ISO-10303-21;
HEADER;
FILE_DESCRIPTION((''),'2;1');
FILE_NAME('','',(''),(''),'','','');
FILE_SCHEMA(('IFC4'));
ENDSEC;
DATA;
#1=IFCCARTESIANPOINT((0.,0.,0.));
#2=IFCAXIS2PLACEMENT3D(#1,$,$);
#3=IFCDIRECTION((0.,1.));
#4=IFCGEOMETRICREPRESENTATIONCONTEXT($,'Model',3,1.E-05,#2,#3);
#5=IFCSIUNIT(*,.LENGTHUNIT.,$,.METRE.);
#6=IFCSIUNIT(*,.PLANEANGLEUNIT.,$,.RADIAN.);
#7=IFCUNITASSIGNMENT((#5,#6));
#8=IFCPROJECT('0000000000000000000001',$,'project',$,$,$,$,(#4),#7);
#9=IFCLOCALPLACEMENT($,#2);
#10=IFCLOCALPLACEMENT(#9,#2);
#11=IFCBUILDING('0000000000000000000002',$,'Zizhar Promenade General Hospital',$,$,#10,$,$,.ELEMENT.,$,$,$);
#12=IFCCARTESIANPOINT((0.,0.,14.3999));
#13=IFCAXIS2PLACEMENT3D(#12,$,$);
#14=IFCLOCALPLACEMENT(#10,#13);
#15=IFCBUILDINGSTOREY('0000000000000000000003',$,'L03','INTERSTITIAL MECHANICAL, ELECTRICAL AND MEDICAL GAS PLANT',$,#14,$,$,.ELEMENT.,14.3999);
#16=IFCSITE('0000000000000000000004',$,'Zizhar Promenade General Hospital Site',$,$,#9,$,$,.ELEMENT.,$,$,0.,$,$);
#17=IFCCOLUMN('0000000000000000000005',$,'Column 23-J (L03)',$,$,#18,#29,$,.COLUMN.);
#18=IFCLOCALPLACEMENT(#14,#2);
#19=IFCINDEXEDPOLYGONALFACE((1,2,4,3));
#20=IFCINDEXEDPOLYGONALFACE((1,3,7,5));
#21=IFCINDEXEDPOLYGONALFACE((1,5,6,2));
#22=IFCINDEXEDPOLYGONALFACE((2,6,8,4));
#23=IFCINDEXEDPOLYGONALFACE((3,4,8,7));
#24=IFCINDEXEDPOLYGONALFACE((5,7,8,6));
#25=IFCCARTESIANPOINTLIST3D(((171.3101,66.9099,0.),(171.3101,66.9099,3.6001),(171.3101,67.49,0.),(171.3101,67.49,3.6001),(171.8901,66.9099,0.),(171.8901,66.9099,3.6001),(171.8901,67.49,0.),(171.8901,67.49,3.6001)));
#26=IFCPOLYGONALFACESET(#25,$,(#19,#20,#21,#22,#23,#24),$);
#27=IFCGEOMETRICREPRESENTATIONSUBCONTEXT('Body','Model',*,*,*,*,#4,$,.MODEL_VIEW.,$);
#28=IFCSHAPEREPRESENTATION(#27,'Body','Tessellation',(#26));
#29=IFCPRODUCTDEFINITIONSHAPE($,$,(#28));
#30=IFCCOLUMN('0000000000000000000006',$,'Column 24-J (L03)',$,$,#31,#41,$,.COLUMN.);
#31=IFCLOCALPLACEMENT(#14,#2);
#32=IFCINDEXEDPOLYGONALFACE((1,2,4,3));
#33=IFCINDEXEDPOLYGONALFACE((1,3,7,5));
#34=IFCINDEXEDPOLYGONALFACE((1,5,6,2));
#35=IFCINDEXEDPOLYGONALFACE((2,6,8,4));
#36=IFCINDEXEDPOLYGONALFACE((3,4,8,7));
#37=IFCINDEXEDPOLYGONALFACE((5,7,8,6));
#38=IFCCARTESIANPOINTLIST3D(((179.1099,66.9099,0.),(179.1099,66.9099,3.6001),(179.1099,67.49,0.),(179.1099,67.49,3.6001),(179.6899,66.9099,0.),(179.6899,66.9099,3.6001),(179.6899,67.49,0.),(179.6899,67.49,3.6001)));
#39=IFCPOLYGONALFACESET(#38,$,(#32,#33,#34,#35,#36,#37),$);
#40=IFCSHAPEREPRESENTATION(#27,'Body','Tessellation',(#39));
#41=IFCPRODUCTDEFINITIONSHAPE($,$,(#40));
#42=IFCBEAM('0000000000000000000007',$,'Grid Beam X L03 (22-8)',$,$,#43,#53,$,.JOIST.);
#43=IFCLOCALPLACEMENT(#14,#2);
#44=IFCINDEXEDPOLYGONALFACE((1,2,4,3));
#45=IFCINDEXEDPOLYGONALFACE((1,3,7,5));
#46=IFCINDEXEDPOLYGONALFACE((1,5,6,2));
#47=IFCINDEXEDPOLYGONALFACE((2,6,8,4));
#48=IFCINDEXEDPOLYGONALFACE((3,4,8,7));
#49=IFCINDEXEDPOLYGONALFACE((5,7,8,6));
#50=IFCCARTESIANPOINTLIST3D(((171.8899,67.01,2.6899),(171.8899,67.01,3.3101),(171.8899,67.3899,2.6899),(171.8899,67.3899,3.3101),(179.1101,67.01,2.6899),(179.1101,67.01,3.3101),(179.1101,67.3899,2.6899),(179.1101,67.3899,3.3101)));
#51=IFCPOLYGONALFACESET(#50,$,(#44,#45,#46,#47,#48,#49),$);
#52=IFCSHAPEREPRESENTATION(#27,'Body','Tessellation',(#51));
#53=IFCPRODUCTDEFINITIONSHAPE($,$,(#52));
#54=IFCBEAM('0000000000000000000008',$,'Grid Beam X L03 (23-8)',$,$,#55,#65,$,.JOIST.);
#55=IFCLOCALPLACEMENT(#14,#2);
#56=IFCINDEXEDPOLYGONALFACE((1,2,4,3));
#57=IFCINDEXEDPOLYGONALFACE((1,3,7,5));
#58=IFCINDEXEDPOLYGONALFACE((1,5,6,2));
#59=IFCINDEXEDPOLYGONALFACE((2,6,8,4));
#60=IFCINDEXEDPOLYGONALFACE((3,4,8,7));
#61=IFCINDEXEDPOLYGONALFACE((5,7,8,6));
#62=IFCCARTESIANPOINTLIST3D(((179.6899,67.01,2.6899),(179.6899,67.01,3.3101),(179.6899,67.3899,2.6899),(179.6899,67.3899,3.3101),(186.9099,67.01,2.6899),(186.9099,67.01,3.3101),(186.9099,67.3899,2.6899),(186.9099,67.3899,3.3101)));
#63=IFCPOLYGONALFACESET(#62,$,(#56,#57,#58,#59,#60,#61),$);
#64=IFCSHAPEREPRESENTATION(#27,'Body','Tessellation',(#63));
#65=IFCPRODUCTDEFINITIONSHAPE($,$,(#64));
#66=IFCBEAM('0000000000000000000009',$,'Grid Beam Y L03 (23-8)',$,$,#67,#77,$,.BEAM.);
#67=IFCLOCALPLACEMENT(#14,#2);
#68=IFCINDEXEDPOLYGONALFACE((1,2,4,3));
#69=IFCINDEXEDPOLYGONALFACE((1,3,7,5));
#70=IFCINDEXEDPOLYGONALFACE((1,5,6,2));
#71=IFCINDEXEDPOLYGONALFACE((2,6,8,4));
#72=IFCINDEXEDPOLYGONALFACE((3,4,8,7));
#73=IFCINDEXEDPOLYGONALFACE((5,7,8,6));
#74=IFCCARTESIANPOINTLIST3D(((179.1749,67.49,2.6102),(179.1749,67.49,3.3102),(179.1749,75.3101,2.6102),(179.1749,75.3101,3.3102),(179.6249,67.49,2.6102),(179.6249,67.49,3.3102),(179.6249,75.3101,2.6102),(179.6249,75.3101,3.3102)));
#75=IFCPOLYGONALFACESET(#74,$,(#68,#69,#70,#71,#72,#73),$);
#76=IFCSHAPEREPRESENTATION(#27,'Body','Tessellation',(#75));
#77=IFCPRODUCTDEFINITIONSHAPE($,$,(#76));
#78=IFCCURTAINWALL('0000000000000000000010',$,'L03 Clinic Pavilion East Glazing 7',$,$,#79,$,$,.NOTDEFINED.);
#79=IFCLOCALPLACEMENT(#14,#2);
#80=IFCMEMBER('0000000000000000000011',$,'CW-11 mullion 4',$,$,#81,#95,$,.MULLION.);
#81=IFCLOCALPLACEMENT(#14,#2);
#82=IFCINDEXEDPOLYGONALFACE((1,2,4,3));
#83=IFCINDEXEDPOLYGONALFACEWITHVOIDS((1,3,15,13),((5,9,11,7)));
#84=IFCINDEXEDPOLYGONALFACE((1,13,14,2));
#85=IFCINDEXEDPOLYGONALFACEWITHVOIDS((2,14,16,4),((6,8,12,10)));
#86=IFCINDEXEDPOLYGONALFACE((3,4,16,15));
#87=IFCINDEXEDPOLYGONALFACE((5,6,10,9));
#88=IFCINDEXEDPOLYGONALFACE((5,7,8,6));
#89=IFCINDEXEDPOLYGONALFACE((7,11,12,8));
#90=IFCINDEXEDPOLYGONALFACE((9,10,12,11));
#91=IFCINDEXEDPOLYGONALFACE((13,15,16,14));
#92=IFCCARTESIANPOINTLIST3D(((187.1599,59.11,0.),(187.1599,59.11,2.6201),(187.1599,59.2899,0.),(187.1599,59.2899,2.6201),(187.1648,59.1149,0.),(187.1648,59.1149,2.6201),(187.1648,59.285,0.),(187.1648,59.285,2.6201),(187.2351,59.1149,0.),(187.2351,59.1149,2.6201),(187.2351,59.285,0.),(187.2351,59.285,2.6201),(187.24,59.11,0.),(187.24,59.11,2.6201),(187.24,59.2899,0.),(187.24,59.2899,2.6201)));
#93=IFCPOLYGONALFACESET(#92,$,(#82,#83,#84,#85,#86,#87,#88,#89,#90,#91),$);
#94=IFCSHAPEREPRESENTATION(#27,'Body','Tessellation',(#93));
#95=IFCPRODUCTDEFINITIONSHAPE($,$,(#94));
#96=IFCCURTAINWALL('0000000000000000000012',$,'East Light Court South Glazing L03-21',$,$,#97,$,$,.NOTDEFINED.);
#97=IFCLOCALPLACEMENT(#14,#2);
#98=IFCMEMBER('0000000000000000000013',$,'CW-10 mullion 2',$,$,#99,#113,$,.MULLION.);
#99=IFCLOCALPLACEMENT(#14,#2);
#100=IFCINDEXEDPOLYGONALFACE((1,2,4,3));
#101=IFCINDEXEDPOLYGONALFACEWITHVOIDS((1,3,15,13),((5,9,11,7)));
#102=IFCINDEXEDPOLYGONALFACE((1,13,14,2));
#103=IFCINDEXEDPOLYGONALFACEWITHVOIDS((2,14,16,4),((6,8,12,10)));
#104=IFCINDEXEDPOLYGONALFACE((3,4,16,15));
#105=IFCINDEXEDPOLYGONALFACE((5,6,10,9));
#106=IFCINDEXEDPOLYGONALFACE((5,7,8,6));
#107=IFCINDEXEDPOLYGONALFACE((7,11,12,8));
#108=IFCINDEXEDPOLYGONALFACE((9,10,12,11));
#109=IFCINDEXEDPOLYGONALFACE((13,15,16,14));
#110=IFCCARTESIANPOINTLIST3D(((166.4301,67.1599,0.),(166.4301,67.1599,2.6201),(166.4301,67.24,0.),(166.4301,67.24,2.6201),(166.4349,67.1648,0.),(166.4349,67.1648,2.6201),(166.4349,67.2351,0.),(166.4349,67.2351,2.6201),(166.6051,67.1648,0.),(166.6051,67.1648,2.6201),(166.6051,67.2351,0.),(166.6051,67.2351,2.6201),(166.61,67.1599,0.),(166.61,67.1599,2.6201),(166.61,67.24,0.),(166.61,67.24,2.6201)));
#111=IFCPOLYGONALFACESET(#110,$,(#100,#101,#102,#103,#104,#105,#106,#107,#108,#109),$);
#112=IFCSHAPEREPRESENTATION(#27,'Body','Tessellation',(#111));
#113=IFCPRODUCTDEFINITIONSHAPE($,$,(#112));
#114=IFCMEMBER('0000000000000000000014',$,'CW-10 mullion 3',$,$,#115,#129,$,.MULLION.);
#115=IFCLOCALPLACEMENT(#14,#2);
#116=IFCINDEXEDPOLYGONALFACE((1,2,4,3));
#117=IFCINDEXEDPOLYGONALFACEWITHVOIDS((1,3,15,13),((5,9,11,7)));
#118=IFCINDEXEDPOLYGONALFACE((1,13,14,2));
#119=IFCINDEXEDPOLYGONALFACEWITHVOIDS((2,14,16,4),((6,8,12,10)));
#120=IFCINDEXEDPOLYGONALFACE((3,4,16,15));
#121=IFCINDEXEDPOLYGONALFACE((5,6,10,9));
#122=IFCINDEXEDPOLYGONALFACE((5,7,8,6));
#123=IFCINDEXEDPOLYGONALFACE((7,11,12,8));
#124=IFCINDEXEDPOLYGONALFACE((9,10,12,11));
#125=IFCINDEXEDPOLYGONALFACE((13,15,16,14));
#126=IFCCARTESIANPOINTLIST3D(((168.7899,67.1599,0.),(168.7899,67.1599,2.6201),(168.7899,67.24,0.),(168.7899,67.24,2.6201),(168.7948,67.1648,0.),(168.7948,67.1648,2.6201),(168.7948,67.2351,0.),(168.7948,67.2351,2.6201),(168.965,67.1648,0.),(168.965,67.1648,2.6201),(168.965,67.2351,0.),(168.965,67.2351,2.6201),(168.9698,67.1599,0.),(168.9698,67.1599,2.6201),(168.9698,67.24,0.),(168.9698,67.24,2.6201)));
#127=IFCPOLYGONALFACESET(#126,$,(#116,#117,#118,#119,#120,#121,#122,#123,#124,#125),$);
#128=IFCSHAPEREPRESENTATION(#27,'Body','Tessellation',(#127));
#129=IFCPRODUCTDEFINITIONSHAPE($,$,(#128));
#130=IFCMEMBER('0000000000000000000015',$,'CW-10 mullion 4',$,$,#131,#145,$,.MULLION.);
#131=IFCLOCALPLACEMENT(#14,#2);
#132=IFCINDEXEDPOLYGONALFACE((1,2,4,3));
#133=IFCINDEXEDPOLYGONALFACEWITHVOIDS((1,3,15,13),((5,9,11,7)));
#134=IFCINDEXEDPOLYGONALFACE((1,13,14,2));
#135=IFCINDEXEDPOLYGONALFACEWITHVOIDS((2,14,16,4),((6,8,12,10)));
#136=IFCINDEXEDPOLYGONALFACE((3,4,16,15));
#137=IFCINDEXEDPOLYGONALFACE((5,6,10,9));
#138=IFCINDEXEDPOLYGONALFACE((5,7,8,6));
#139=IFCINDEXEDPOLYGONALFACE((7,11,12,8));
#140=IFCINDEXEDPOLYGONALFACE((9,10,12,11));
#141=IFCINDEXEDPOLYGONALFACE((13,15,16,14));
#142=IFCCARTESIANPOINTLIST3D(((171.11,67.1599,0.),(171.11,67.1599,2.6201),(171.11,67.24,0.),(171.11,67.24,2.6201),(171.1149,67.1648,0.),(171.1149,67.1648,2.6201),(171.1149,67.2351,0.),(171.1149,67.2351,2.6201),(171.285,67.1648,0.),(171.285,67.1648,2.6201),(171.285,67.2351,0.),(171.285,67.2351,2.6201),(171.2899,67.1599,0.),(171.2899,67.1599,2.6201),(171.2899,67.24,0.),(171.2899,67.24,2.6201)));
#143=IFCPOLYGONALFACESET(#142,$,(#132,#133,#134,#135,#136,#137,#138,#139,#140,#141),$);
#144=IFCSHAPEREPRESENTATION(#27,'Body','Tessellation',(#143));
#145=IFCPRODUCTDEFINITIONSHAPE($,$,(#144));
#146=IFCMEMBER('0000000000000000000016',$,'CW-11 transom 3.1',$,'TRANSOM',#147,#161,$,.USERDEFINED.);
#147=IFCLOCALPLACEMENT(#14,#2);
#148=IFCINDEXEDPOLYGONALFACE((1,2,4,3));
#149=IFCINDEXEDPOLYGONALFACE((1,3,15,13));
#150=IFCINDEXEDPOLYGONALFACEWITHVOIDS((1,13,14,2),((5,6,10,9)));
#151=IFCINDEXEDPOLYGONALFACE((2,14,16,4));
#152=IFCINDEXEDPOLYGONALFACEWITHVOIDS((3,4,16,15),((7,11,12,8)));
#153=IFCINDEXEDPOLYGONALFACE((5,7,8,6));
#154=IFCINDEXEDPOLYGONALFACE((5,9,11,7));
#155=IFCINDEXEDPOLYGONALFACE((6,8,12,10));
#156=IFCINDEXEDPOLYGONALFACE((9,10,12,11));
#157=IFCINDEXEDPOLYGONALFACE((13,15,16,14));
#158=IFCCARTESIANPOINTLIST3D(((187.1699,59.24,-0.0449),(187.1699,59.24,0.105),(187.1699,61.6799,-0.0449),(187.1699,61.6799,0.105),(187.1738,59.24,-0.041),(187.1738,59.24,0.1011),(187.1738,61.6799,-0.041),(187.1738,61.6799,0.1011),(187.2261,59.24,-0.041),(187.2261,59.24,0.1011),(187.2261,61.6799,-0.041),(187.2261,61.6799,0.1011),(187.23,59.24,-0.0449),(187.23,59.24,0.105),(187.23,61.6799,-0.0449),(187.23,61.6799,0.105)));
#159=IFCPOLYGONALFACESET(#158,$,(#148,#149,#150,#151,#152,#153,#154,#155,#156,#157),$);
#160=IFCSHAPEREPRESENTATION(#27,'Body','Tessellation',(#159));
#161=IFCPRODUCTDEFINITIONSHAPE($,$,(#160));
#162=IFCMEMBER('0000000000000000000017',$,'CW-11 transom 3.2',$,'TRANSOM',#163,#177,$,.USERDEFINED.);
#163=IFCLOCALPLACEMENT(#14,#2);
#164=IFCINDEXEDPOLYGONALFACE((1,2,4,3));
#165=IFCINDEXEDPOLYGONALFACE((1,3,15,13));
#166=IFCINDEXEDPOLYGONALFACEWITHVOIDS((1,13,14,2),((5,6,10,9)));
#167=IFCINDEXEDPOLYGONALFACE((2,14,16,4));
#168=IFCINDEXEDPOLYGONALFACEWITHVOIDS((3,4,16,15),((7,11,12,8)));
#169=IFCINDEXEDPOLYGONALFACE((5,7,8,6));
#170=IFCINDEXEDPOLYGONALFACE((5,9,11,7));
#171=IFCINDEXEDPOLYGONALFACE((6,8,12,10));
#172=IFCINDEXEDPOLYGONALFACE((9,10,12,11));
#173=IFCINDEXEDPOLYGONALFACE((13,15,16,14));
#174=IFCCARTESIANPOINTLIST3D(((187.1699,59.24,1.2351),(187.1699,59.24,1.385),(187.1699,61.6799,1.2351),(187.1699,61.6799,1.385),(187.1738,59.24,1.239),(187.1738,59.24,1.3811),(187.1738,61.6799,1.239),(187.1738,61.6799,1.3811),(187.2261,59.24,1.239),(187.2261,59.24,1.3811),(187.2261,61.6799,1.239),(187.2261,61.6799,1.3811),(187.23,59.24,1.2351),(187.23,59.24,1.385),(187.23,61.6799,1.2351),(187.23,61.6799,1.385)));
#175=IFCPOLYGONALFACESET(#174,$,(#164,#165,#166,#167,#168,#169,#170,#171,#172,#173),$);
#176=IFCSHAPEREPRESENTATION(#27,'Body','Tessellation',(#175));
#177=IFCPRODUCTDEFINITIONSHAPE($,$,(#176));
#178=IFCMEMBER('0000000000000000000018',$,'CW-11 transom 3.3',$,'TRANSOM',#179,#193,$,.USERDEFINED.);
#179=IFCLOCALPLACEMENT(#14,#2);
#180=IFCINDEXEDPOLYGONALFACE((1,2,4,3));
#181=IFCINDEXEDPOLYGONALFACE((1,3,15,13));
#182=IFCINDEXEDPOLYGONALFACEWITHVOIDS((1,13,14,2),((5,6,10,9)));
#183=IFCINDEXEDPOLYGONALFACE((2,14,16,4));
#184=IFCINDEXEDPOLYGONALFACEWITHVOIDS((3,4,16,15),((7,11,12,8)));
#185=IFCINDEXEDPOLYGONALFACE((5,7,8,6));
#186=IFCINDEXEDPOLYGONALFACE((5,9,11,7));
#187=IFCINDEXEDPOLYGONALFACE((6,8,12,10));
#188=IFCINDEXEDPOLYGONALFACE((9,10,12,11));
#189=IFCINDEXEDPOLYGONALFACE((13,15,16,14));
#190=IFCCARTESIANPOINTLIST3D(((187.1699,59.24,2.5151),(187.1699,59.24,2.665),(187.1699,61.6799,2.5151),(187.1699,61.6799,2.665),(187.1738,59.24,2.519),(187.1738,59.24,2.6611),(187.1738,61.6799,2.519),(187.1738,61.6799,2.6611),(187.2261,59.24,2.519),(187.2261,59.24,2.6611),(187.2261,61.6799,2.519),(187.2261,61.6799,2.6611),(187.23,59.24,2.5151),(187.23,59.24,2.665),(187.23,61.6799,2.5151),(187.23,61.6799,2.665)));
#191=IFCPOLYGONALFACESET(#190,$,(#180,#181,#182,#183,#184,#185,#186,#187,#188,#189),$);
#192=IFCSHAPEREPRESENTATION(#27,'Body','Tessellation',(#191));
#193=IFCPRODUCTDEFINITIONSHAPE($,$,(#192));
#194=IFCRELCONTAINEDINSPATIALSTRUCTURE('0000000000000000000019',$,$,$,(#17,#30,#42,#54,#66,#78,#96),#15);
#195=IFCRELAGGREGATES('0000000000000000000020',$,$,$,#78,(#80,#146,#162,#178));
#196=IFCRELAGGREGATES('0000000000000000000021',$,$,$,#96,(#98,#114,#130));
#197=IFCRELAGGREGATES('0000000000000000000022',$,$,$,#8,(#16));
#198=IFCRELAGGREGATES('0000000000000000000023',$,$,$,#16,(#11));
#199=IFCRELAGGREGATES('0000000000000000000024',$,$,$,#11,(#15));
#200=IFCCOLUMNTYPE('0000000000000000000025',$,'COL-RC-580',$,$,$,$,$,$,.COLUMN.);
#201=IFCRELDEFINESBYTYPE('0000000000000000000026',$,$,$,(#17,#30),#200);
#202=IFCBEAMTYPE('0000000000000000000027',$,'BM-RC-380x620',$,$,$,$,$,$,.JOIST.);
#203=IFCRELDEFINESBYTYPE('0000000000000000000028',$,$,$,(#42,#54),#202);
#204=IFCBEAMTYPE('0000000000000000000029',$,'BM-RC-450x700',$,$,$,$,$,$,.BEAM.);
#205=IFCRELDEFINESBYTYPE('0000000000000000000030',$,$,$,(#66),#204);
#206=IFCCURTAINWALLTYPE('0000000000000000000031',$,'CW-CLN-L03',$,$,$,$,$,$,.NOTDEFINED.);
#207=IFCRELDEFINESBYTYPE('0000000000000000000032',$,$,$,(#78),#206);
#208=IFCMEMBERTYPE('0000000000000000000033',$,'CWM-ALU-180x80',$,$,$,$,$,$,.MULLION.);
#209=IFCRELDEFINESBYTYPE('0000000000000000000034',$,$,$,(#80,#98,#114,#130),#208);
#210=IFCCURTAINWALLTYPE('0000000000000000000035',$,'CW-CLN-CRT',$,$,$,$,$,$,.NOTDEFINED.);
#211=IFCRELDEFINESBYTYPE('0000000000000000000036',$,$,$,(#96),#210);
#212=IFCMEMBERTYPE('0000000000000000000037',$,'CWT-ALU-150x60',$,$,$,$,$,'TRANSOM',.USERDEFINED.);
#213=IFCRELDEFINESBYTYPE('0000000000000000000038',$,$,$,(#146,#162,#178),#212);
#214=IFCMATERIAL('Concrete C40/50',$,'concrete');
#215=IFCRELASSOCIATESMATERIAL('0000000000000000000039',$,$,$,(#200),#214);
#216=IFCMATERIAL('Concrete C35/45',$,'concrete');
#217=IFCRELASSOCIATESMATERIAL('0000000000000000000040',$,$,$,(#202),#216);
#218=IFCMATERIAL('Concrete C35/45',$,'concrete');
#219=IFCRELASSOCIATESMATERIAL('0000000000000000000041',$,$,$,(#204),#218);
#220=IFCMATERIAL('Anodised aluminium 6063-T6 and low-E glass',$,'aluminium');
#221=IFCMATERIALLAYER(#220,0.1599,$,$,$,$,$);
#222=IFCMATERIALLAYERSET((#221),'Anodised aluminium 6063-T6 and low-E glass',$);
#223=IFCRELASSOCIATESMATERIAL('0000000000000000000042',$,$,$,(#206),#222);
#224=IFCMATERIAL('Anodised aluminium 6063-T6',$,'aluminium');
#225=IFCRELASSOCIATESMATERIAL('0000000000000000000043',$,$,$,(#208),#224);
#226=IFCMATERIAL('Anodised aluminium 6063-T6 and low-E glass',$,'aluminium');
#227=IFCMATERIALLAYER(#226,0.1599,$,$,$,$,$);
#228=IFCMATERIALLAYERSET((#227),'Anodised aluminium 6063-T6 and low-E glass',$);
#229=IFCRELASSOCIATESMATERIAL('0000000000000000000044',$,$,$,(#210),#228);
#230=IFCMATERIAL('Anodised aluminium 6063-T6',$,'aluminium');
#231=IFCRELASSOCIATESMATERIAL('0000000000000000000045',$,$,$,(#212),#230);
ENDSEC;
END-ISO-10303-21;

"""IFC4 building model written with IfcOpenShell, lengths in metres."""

from ifc_helpers import new_model, si_unit, direction, frame, origin, origin_2d, place, context, subcontext, project, spatial, rectangle, hollow_rectangle, extrude, material, layer, layer_set, material_profile, profile_set, type_object, element, aggregate, save


model = new_model("IFC4")

# Units and contexts
model_context = context("Model", 3, precision=1e-05, world=origin(), true_north=direction((0.0, 1.0)))
body_context = subcontext(model_context, "Body", "Model", "MODEL_VIEW")
ifc_project = project(units=[si_unit("LENGTHUNIT", "METRE"), si_unit("PLANEANGLEUNIT", "RADIAN")], contexts=[model_context])

# Site, building, storey
site_placement = place(None, origin())
site = spatial("IfcSite", under=ifc_project, at=site_placement, Name="Zizhar Promenade General Hospital Site", CompositionType="ELEMENT", RefElevation=0.0)
building_placement = place(site_placement, origin())
building = spatial("IfcBuilding", under=site, at=building_placement, Name="Zizhar Promenade General Hospital", CompositionType="ELEMENT")
storey_placement = place(building_placement, frame((0.0, 0.0, 14.3999)))
storey = spatial("IfcBuildingStorey", under=building, at=storey_placement, Name="L03", Description="INTERSTITIAL MECHANICAL, ELECTRICAL AND MEDICAL GAS PLANT", CompositionType="ELEMENT", Elevation=14.3999)

# Columns
ifc_material_1 = material(Name="Concrete C40/50", Category="concrete")
ifc_material_profile_1 = material_profile(ifc_material_1, rectangle(XDim=0.5801, YDim=0.5801, at=origin_2d()))
ifc_profile_set_1 = profile_set([ifc_material_profile_1], Name="Concrete C40/50")
column_type = type_object("IfcColumnType", Name="COL-RC-580", PredefinedType="COLUMN", material=ifc_profile_set_1)
for number, where, z_axis, x_axis, name in (
    (1, (171.6001, 67.2, 0.0), (0.0, 0.0, 1.0), (1.0, 0.0, 0.0), "Column 23-J (L03)"),
    (2, (179.3999, 67.2, 0.0), (0.0, 0.0, 1.0), (1.0, 0.0, 0.0), "Column 24-J (L03)"),
):
    element("IfcColumn", number, at=place(storey_placement, frame(where, z_axis=z_axis, x_axis=x_axis)), inside=storey, type_object=column_type, Name=name, PredefinedType="COLUMN", context=body_context, shape_type="SweptSolid", body=[
        extrude(rectangle(XDim=0.5801, YDim=0.5801, at=origin_2d()), origin(), (0.0, 0.0, 1.0), 3.6001),
    ])

# Beams
ifc_material_2 = material(Name="Concrete C35/45", Category="concrete")
ifc_material_profile_2 = material_profile(ifc_material_2, rectangle(XDim=0.3799, YDim=0.6201, at=origin_2d()))
ifc_profile_set_2 = profile_set([ifc_material_profile_2], Name="Concrete C35/45")
beam_type_1 = type_object("IfcBeamType", Name="BM-RC-380x620", PredefinedType="JOIST", material=ifc_profile_set_2)
beam_1_placement = place(storey_placement, frame((171.8899, 67.2, 3.0), z_axis=(1.0, 0.0, 0.0), x_axis=(0.0, 1.0, 0.0)))
element("IfcBeam", 3, at=beam_1_placement, inside=storey, type_object=beam_type_1, Name="Grid Beam X L03 (22-8)", PredefinedType="JOIST", context=body_context, shape_type="SweptSolid", body=[
    extrude(rectangle(XDim=0.3799, YDim=0.6201, at=origin_2d()), origin(), (0.0, 0.0, 1.0), 7.2202),
])
beam_2_placement = place(storey_placement, frame((179.6899, 67.2, 3.0), z_axis=(1.0, 0.0, 0.0), x_axis=(0.0, 1.0, 0.0)))
element("IfcBeam", 4, at=beam_2_placement, inside=storey, type_object=beam_type_1, Name="Grid Beam X L03 (23-8)", PredefinedType="JOIST", context=body_context, shape_type="SweptSolid", body=[
    extrude(rectangle(XDim=0.3799, YDim=0.6201, at=origin_2d()), origin(), (0.0, 0.0, 1.0), 7.22),
])
ifc_material_3 = material(Name="Concrete C35/45", Category="concrete")
ifc_material_profile_3 = material_profile(ifc_material_3, rectangle(XDim=0.45, YDim=0.7, at=origin_2d()))
ifc_profile_set_3 = profile_set([ifc_material_profile_3], Name="Concrete C35/45")
beam_type_2 = type_object("IfcBeamType", Name="BM-RC-450x700", PredefinedType="BEAM", material=ifc_profile_set_3)
beam_3_placement = place(storey_placement, frame((179.3999, 67.49, 2.9602), z_axis=(0.0, 1.0, 0.0), x_axis=(-1.0, 0.0, 0.0)))
element("IfcBeam", 5, at=beam_3_placement, inside=storey, type_object=beam_type_2, Name="Grid Beam Y L03 (23-8)", PredefinedType="BEAM", context=body_context, shape_type="SweptSolid", body=[
    extrude(rectangle(XDim=0.45, YDim=0.7, at=origin_2d()), origin(), (0.0, 0.0, 1.0), 7.8201),
])

# Curtain wall, member
ifc_material_4 = material(Name="Anodised aluminium 6063-T6 and low-E glass", Category="aluminium")
ifc_layer_1 = layer(ifc_material_4, 0.1599)
ifc_layer_set_1 = layer_set([ifc_layer_1], Name="Anodised aluminium 6063-T6 and low-E glass")
curtain_wall_type_1 = type_object("IfcCurtainWallType", Name="CW-CLN-L03", PredefinedType="NOTDEFINED", material=ifc_layer_set_1)
curtain_wall_1_placement = place(storey_placement, origin())
curtain_wall_1 = element("IfcCurtainWall", 6, at=curtain_wall_1_placement, inside=storey, type_object=curtain_wall_type_1, Name="L03 Clinic Pavilion East Glazing 7", PredefinedType="NOTDEFINED")
ifc_material_5 = material(Name="Anodised aluminium 6063-T6", Category="aluminium")
ifc_material_profile_4 = material_profile(ifc_material_5, hollow_rectangle(XDim=0.0801, YDim=0.1799, WallThickness=0.0049, at=origin_2d()))
ifc_profile_set_4 = profile_set([ifc_material_profile_4], Name="Anodised aluminium 6063-T6")
member_type_1 = type_object("IfcMemberType", Name="CWM-ALU-180x80", PredefinedType="MULLION", material=ifc_profile_set_4)
member_1_placement = place(storey_placement, frame((187.2, 59.2, 0.0), z_axis=(0.0, 0.0, 1.0), x_axis=(1.0, 0.0, 0.0)))
member_1 = element("IfcMember", 7, at=member_1_placement, type_object=member_type_1, Name="CW-11 mullion 4", PredefinedType="MULLION", context=body_context, shape_type="SweptSolid", body=[
    extrude(hollow_rectangle(XDim=0.0801, YDim=0.1799, WallThickness=0.0049, at=origin_2d()), origin(), (0.0, 0.0, 1.0), 2.6201),
])

# Curtain wall, members
ifc_material_6 = material(Name="Anodised aluminium 6063-T6 and low-E glass", Category="aluminium")
ifc_layer_2 = layer(ifc_material_6, 0.1599)
ifc_layer_set_2 = layer_set([ifc_layer_2], Name="Anodised aluminium 6063-T6 and low-E glass")
curtain_wall_type_2 = type_object("IfcCurtainWallType", Name="CW-CLN-CRT", PredefinedType="NOTDEFINED", material=ifc_layer_set_2)
curtain_wall_2_placement = place(storey_placement, origin())
curtain_wall_2 = element("IfcCurtainWall", 8, at=curtain_wall_2_placement, inside=storey, type_object=curtain_wall_type_2, Name="East Light Court South Glazing L03-21", PredefinedType="NOTDEFINED")
member_2_placement = place(storey_placement, frame((166.52, 67.2, 0.0), z_axis=(0.0, 0.0, 1.0), x_axis=(0.0, 1.0, 0.0)))
member_2 = element("IfcMember", 9, at=member_2_placement, type_object=member_type_1, Name="CW-10 mullion 2", PredefinedType="MULLION", context=body_context, shape_type="SweptSolid", body=[
    extrude(hollow_rectangle(XDim=0.0801, YDim=0.1799, WallThickness=0.0049, at=origin_2d()), origin(), (0.0, 0.0, 1.0), 2.6201),
])
member_3_placement = place(storey_placement, frame((168.8799, 67.2, 0.0), z_axis=(0.0, 0.0, 1.0), x_axis=(0.0, 1.0, 0.0)))
member_3 = element("IfcMember", 10, at=member_3_placement, type_object=member_type_1, Name="CW-10 mullion 3", PredefinedType="MULLION", context=body_context, shape_type="SweptSolid", body=[
    extrude(hollow_rectangle(XDim=0.0801, YDim=0.1799, WallThickness=0.0049, at=origin_2d()), origin(), (0.0, 0.0, 1.0), 2.6201),
])
member_4_placement = place(storey_placement, frame((171.2, 67.2, 0.0), z_axis=(0.0, 0.0, 1.0), x_axis=(0.0, 1.0, 0.0)))
member_4 = element("IfcMember", 11, at=member_4_placement, type_object=member_type_1, Name="CW-10 mullion 4", PredefinedType="MULLION", context=body_context, shape_type="SweptSolid", body=[
    extrude(hollow_rectangle(XDim=0.0801, YDim=0.1799, WallThickness=0.0049, at=origin_2d()), origin(), (0.0, 0.0, 1.0), 2.6201),
])

# Members
ifc_material_7 = material(Name="Anodised aluminium 6063-T6", Category="aluminium")
ifc_material_profile_5 = material_profile(ifc_material_7, hollow_rectangle(XDim=0.0601, YDim=0.1499, WallThickness=0.0039, at=origin_2d()))
ifc_profile_set_5 = profile_set([ifc_material_profile_5], Name="Anodised aluminium 6063-T6")
member_type_2 = type_object("IfcMemberType", Name="CWT-ALU-150x60", ElementType="TRANSOM", PredefinedType="USERDEFINED", material=ifc_profile_set_5)
member_5_placement = place(storey_placement, frame((187.2, 61.6799, 0.03), z_axis=(0.0, -1.0, 0.0), x_axis=(1.0, 0.0, 0.0)))
member_5 = element("IfcMember", 12, at=member_5_placement, type_object=member_type_2, Name="CW-11 transom 3.1", ObjectType="TRANSOM", PredefinedType="USERDEFINED", context=body_context, shape_type="SweptSolid", body=[
    extrude(hollow_rectangle(XDim=0.0601, YDim=0.1499, WallThickness=0.0039, at=origin_2d()), origin(), (0.0, 0.0, 1.0), 2.4399),
])
member_6_placement = place(storey_placement, frame((187.2, 61.6799, 1.3101), z_axis=(0.0, -1.0, 0.0), x_axis=(1.0, 0.0, 0.0)))
member_6 = element("IfcMember", 13, at=member_6_placement, type_object=member_type_2, Name="CW-11 transom 3.2", ObjectType="TRANSOM", PredefinedType="USERDEFINED", context=body_context, shape_type="SweptSolid", body=[
    extrude(hollow_rectangle(XDim=0.0601, YDim=0.1499, WallThickness=0.0039, at=origin_2d()), origin(), (0.0, 0.0, 1.0), 2.4399),
])
member_7_placement = place(storey_placement, frame((187.2, 61.6799, 2.5901), z_axis=(0.0, -1.0, 0.0), x_axis=(1.0, 0.0, 0.0)))
member_7 = element("IfcMember", 14, at=member_7_placement, type_object=member_type_2, Name="CW-11 transom 3.3", ObjectType="TRANSOM", PredefinedType="USERDEFINED", context=body_context, shape_type="SweptSolid", body=[
    extrude(hollow_rectangle(XDim=0.0601, YDim=0.1499, WallThickness=0.0039, at=origin_2d()), origin(), (0.0, 0.0, 1.0), 2.4399),
])

aggregate(curtain_wall_1, [member_1, member_5, member_6, member_7])
aggregate(curtain_wall_2, [member_2, member_3, member_4])

save(model, "model.ifc")
